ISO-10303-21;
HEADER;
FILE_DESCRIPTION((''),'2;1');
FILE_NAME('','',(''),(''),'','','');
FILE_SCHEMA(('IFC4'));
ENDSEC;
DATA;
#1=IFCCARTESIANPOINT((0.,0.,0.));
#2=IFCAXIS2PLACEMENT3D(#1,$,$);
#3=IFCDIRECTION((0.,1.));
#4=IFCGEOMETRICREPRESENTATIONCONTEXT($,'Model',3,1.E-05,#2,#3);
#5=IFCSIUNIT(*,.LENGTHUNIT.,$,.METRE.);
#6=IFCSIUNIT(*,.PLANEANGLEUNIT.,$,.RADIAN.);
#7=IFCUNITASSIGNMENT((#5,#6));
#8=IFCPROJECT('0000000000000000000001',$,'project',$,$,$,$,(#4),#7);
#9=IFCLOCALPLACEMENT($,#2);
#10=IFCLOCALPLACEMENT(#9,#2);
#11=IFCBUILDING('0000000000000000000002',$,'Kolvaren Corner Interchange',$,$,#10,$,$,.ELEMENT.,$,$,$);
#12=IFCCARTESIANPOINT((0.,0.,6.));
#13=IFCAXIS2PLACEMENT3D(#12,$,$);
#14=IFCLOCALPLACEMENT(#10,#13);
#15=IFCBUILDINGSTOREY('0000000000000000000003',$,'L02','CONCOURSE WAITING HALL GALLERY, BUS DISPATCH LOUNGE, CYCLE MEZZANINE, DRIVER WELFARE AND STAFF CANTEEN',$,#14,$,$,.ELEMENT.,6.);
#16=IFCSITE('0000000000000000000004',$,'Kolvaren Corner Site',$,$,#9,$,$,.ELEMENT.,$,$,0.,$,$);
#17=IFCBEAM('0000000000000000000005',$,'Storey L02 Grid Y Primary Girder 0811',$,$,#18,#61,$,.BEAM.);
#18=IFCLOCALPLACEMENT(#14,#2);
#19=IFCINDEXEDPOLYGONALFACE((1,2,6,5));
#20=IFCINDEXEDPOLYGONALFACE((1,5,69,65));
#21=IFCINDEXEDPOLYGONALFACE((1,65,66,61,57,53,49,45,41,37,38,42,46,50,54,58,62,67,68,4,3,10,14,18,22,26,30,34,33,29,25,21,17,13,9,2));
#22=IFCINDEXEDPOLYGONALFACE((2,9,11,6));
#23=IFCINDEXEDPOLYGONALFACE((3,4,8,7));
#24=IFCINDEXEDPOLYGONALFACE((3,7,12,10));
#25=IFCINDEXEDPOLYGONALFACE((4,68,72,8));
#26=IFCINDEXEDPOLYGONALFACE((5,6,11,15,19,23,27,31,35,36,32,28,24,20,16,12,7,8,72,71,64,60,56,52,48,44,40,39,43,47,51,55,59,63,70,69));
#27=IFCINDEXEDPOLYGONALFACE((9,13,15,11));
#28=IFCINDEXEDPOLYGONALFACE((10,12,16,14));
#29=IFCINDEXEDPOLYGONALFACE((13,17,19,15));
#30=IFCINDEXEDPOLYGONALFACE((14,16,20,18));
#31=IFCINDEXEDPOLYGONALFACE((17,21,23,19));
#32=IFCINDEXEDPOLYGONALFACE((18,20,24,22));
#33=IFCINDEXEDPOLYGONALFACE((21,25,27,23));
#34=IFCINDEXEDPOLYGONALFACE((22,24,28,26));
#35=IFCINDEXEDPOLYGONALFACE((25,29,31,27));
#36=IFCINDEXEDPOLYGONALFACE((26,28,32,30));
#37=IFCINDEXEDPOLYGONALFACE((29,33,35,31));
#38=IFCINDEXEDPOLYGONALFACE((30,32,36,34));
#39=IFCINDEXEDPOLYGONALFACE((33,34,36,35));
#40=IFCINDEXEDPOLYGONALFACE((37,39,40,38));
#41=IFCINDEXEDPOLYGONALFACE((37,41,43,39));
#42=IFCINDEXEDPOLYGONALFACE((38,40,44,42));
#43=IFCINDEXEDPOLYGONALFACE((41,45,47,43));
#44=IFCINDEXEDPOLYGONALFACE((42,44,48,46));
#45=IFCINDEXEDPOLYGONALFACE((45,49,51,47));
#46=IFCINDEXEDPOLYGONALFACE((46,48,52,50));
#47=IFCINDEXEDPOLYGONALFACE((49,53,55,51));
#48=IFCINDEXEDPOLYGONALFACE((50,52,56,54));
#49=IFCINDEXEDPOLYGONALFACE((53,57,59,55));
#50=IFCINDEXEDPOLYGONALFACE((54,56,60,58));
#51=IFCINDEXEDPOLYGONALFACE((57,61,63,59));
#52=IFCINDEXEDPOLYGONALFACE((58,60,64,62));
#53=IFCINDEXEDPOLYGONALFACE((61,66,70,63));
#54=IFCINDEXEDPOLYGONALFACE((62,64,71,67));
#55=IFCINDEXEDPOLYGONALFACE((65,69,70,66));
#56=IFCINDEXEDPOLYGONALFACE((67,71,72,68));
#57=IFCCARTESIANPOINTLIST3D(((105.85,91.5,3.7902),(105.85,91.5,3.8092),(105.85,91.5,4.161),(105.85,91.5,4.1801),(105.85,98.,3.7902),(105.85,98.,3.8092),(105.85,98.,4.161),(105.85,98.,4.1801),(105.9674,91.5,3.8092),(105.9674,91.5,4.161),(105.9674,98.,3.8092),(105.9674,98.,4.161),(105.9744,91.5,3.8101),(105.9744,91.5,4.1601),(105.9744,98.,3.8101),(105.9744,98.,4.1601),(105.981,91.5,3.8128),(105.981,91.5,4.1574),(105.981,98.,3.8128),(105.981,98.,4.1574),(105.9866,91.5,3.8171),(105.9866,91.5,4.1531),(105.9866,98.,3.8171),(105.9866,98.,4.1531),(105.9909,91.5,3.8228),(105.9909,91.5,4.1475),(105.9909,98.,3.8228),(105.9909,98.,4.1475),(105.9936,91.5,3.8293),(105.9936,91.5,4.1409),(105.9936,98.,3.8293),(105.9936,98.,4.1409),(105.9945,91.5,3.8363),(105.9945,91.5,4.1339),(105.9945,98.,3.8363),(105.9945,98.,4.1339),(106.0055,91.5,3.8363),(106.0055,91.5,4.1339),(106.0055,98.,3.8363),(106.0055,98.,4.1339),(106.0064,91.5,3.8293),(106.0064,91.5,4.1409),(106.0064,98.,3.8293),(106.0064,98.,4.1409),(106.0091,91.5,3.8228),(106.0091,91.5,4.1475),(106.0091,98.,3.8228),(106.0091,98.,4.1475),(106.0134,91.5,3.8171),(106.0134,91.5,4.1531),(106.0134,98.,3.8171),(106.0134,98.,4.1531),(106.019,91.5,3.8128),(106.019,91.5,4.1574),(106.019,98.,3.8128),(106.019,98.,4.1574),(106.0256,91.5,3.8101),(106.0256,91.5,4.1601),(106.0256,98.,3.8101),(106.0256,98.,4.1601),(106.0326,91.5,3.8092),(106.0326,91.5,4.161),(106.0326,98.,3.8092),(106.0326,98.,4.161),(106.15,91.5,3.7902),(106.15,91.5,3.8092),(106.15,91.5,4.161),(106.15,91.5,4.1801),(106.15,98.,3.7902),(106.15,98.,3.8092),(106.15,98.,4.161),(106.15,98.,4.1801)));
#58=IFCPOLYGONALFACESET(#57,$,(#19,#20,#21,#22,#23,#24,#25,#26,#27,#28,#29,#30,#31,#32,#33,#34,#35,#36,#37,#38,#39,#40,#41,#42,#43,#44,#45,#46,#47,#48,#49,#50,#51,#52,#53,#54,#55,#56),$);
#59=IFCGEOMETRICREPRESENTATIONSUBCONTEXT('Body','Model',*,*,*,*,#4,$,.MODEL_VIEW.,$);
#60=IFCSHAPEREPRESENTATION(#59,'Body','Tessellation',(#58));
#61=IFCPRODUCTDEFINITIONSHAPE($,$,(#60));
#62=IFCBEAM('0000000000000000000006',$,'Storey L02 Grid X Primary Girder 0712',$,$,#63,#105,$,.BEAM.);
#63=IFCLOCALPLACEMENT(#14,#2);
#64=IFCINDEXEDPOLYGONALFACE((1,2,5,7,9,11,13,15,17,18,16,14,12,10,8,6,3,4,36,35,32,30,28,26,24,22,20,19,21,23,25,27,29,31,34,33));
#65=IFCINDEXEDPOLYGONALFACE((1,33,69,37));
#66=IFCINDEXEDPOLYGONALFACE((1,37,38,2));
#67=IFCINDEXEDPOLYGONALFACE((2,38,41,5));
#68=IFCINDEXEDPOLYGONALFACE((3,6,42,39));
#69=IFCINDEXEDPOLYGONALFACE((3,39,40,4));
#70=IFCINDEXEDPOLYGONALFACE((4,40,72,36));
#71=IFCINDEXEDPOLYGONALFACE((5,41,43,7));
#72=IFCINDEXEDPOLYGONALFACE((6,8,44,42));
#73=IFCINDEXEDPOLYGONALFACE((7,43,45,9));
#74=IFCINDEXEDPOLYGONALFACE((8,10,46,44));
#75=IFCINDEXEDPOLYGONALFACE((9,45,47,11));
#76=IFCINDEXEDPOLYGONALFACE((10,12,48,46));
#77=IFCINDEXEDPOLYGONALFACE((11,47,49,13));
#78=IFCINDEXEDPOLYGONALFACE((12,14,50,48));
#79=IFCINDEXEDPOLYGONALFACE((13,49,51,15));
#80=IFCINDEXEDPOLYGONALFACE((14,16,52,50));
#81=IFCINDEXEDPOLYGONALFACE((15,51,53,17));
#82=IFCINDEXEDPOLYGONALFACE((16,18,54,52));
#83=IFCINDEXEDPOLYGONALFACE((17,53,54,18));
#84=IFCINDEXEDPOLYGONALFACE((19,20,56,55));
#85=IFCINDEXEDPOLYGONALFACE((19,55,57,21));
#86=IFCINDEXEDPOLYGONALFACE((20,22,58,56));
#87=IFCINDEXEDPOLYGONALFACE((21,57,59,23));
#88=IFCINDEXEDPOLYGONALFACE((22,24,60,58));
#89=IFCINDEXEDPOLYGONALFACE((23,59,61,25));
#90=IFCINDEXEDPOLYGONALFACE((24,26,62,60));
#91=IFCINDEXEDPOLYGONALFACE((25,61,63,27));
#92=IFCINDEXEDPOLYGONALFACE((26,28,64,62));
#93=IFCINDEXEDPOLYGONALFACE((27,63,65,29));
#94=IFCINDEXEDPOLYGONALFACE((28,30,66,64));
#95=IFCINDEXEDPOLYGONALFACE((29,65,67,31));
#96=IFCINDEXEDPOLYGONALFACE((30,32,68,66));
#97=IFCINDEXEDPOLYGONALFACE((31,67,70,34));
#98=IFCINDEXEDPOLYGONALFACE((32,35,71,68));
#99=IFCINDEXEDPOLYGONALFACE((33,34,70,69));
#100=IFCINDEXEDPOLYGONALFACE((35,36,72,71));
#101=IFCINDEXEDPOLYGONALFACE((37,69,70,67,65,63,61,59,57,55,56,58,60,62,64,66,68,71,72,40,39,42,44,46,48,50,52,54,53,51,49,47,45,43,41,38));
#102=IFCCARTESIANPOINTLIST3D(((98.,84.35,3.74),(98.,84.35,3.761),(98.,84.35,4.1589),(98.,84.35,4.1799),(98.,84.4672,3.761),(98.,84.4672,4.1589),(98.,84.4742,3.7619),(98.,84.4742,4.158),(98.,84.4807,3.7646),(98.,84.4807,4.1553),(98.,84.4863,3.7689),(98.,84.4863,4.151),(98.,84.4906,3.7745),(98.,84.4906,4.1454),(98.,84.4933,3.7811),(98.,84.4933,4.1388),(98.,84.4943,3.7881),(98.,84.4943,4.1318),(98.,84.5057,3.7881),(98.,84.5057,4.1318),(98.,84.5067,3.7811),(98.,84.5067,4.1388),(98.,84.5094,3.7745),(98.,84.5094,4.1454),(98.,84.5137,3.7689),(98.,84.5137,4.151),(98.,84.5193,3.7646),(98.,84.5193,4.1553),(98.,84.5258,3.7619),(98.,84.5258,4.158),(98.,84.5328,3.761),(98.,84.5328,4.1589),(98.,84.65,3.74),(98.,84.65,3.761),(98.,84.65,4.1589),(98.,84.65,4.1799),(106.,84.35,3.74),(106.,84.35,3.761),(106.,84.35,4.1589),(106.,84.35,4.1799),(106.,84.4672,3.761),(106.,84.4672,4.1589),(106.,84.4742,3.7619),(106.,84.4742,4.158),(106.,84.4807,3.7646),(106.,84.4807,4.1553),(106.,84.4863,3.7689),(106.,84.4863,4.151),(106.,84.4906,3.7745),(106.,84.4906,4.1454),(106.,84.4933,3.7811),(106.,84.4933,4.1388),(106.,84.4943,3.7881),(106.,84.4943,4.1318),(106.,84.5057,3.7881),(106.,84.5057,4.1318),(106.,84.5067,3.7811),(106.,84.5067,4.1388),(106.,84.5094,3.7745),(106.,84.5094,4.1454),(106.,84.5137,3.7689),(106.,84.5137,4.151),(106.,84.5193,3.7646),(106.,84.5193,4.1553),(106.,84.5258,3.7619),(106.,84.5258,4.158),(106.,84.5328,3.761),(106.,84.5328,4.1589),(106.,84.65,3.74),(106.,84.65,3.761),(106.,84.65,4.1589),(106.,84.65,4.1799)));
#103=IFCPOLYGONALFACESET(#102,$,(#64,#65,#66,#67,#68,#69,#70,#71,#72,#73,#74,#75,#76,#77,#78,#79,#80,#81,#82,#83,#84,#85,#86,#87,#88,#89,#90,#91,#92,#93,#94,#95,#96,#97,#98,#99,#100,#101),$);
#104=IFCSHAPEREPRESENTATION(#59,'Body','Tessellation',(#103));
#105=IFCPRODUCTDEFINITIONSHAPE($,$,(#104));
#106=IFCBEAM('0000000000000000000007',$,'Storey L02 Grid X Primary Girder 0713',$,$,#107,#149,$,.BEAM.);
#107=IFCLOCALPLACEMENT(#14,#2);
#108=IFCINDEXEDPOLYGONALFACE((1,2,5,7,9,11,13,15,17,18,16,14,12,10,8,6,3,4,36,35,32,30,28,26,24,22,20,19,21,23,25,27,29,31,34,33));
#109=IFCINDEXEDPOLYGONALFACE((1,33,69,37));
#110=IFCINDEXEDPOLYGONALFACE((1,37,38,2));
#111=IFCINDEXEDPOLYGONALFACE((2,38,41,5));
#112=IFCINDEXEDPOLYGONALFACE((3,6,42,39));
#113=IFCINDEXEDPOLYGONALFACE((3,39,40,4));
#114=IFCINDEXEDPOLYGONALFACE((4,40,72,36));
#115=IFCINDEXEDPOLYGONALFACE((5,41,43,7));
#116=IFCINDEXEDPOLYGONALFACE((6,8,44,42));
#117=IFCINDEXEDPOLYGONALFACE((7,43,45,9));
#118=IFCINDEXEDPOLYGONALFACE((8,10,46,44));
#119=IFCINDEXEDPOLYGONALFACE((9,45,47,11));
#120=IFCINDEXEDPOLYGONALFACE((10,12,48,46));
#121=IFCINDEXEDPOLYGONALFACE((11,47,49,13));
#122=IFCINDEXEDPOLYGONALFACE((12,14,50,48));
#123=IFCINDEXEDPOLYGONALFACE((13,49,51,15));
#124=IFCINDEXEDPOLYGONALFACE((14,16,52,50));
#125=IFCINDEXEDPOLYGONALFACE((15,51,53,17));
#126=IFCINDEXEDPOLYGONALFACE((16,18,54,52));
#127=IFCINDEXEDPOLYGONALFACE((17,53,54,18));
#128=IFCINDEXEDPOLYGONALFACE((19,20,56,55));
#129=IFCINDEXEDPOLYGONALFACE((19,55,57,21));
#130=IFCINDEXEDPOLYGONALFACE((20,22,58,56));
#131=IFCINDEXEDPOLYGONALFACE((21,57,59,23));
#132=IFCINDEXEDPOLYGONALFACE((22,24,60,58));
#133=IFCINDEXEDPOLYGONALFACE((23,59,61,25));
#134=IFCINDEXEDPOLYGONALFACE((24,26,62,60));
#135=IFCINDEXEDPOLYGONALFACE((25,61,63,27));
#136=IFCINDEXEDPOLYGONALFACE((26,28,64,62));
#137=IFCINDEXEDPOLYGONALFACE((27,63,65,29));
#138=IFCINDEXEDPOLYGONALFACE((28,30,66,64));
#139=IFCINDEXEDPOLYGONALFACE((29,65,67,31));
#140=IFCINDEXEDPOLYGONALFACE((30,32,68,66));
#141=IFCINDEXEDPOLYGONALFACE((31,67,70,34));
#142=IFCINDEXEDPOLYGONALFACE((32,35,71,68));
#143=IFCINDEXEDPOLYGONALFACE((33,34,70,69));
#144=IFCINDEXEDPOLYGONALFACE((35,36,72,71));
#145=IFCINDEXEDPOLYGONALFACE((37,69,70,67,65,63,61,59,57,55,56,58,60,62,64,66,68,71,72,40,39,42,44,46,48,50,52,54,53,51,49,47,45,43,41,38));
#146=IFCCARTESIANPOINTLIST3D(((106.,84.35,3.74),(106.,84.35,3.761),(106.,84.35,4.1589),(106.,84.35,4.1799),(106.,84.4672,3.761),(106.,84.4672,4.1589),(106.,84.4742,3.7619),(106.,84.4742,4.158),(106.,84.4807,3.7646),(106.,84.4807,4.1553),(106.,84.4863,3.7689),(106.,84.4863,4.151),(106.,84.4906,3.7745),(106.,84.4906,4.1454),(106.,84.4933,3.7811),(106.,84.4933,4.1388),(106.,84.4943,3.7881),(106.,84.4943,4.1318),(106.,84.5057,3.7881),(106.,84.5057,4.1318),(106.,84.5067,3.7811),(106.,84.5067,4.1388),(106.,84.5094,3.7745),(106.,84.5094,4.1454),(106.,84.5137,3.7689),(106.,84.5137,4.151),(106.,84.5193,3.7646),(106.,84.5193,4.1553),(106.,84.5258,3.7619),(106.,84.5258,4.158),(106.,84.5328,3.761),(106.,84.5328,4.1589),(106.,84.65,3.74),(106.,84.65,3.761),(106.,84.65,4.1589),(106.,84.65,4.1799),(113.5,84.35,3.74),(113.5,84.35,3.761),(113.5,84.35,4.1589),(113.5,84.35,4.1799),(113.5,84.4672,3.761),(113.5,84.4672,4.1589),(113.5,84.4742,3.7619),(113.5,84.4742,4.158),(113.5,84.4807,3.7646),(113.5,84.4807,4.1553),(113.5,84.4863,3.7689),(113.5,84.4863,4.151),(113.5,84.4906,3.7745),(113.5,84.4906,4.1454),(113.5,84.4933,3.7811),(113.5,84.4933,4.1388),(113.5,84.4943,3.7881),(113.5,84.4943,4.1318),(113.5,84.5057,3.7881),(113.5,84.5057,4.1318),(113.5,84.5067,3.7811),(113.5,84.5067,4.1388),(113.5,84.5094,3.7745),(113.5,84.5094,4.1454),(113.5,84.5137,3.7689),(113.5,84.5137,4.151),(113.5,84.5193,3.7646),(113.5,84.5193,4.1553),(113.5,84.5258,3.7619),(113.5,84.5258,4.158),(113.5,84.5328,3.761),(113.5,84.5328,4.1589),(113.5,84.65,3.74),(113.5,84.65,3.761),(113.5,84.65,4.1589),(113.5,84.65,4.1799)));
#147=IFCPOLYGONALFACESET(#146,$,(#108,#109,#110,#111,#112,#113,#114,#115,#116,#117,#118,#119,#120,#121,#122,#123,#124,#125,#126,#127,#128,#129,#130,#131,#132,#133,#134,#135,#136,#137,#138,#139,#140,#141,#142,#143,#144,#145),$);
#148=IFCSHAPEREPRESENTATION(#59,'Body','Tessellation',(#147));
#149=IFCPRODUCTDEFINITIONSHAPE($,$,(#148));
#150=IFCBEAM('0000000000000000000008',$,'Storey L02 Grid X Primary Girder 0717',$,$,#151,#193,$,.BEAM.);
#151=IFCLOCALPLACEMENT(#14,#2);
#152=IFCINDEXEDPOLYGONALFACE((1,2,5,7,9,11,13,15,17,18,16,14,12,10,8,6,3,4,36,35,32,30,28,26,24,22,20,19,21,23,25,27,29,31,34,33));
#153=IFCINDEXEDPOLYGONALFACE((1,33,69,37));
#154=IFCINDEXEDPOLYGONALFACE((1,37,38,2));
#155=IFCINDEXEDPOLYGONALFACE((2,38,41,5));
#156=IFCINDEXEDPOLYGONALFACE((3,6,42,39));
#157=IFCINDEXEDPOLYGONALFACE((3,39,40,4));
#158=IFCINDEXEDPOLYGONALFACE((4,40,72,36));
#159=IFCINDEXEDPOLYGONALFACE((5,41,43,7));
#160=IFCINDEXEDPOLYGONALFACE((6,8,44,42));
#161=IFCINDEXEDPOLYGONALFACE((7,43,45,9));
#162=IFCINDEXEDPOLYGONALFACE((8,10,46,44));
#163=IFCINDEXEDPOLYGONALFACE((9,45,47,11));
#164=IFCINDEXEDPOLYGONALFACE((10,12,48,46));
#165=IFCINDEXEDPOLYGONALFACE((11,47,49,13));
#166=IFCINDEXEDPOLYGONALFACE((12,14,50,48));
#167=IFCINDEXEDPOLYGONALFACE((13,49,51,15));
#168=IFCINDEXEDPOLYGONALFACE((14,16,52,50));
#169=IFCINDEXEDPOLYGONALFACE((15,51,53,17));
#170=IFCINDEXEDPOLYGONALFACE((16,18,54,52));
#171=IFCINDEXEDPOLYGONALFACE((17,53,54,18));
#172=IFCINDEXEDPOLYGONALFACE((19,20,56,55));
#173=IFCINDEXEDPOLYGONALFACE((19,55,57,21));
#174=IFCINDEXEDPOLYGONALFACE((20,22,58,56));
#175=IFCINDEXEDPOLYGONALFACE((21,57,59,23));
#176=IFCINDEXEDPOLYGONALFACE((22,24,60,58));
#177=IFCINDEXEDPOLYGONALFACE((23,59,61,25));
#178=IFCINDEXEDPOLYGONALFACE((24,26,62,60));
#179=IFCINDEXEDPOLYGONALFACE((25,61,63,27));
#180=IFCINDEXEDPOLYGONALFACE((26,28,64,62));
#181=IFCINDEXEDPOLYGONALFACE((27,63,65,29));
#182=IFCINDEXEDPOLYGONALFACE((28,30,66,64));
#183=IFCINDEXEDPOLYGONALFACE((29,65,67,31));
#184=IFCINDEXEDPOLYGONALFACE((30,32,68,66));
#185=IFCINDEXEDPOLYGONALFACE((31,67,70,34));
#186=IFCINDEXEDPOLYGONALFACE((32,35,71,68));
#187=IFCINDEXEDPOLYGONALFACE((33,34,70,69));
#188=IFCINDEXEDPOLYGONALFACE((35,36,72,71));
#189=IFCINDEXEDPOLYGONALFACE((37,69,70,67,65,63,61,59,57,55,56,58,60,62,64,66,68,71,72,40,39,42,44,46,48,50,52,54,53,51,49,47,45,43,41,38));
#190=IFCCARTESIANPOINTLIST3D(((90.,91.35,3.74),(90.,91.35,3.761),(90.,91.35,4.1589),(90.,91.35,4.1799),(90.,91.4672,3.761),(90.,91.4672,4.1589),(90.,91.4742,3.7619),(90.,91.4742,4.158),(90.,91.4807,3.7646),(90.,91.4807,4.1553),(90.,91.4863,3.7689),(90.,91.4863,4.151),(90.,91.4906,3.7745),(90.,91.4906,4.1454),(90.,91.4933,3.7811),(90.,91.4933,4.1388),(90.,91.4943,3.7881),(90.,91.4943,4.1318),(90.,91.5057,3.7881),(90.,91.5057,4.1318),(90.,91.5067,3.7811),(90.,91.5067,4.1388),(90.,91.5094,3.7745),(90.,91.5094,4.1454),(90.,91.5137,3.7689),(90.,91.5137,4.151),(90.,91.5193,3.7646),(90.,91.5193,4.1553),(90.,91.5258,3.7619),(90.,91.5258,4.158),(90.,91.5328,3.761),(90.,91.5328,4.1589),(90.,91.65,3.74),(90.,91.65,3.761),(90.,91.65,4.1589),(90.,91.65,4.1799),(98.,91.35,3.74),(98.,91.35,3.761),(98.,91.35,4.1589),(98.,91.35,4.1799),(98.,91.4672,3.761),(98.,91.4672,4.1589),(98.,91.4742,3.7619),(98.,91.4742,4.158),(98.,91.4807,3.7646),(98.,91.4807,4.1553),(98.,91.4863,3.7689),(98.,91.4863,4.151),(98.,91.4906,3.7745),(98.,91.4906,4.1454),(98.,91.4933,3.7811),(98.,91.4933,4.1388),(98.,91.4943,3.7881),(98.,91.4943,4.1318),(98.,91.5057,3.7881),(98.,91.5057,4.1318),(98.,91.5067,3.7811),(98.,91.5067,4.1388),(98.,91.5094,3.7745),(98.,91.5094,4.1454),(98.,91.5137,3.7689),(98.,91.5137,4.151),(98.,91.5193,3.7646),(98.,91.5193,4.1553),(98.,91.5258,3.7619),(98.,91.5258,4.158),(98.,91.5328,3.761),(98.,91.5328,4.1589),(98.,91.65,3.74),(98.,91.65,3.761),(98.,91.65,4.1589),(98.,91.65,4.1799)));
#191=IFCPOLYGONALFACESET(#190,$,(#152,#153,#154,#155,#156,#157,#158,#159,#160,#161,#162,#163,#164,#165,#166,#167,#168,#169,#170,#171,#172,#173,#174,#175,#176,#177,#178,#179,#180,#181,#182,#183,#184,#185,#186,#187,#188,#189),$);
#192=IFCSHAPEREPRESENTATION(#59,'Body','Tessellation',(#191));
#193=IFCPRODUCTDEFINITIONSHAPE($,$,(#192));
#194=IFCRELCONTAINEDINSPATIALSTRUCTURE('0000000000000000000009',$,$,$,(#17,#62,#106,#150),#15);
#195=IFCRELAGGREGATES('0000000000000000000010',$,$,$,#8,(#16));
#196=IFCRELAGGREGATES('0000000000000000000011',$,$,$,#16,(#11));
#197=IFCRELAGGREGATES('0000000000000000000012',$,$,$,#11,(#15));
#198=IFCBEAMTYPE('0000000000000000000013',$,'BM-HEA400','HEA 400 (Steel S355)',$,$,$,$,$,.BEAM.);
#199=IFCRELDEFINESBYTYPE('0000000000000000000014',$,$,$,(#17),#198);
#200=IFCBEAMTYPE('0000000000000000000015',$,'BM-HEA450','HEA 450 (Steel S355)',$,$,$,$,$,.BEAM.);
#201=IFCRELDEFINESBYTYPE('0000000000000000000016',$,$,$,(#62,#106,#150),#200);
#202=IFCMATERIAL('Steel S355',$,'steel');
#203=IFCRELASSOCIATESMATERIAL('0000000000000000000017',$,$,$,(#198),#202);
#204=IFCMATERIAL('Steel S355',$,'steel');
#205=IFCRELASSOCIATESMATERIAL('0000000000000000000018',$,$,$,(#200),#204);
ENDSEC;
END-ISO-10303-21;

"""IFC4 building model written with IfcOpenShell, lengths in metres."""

from ifc_helpers import new_model, si_unit, direction, frame, origin, origin_2d, place, context, subcontext, project, spatial, i_section, extrude, material, material_profile, profile_set, type_object, element, save


model = new_model("IFC4")

# Units and contexts
model_context = context("Model", 3, precision=1e-05, world=origin(), true_north=direction((0.0, 1.0)))
body_context = subcontext(model_context, "Body", "Model", "MODEL_VIEW")
ifc_project = project(units=[si_unit("LENGTHUNIT", "METRE"), si_unit("PLANEANGLEUNIT", "RADIAN")], contexts=[model_context])

# Site, building, storey
site_placement = place(None, origin())
site = spatial("IfcSite", under=ifc_project, at=site_placement, Name="Kolvaren Corner Site", CompositionType="ELEMENT", RefElevation=0.0)
building_placement = place(site_placement, origin())
building = spatial("IfcBuilding", under=site, at=building_placement, Name="Kolvaren Corner Interchange", CompositionType="ELEMENT")
storey_placement = place(building_placement, frame((0.0, 0.0, 6.0)))
storey = spatial("IfcBuildingStorey", under=building, at=storey_placement, Name="L02", Description="CONCOURSE WAITING HALL GALLERY, BUS DISPATCH LOUNGE, CYCLE MEZZANINE, DRIVER WELFARE AND STAFF CANTEEN", CompositionType="ELEMENT", Elevation=6.0)

# Beams
ifc_material_1 = material(Name="Steel S355", Category="steel")
ifc_material_profile_1 = material_profile(ifc_material_1, i_section(OverallWidth=0.3, OverallDepth=0.3899, WebThickness=0.011, FlangeThickness=0.019, FilletRadius=0.0271, at=origin_2d()), Name="HEA 400")
ifc_profile_set_1 = profile_set([ifc_material_profile_1], Name="Steel S355")
beam_type_1 = type_object("IfcBeamType", Name="BM-HEA400", Description="HEA 400 (Steel S355)", PredefinedType="BEAM", material=ifc_profile_set_1)
beam_1_placement = place(storey_placement, frame((106.0, 91.5, 3.9851), z_axis=(0.0, 1.0, 0.0), x_axis=(-1.0, 0.0, 0.0)))
element("IfcBeam", 1, at=beam_1_placement, inside=storey, type_object=beam_type_1, Name="Storey L02 Grid Y Primary Girder 0811", PredefinedType="BEAM", context=body_context, shape_type="SweptSolid", body=[
    extrude(i_section(OverallWidth=0.3, OverallDepth=0.3899, WebThickness=0.011, FlangeThickness=0.019, FilletRadius=0.0271, at=origin_2d()), origin(), (0.0, 0.0, 1.0), 6.5),
])
ifc_material_2 = material(Name="Steel S355", Category="steel")
ifc_material_profile_2 = material_profile(ifc_material_2, i_section(OverallWidth=0.3, OverallDepth=0.4399, WebThickness=0.0115, FlangeThickness=0.021, FilletRadius=0.0271, at=origin_2d()), Name="HEA 450")
ifc_profile_set_2 = profile_set([ifc_material_profile_2], Name="Steel S355")
beam_type_2 = type_object("IfcBeamType", Name="BM-HEA450", Description="HEA 450 (Steel S355)", PredefinedType="BEAM", material=ifc_profile_set_2)
beam_2_placement = place(storey_placement, frame((98.0, 84.5, 3.96), z_axis=(1.0, 0.0, 0.0), x_axis=(0.0, 1.0, 0.0)))
element("IfcBeam", 2, at=beam_2_placement, inside=storey, type_object=beam_type_2, Name="Storey L02 Grid X Primary Girder 0712", PredefinedType="BEAM", context=body_context, shape_type="SweptSolid", body=[
    extrude(i_section(OverallWidth=0.3, OverallDepth=0.4399, WebThickness=0.0115, FlangeThickness=0.021, FilletRadius=0.0271, at=origin_2d()), origin(), (0.0, 0.0, 1.0), 8.0),
])
beam_3_placement = place(storey_placement, frame((106.0, 84.5, 3.96), z_axis=(1.0, 0.0, 0.0), x_axis=(0.0, 1.0, 0.0)))
element("IfcBeam", 3, at=beam_3_placement, inside=storey, type_object=beam_type_2, Name="Storey L02 Grid X Primary Girder 0713", PredefinedType="BEAM", context=body_context, shape_type="SweptSolid", body=[
    extrude(i_section(OverallWidth=0.3, OverallDepth=0.4399, WebThickness=0.0115, FlangeThickness=0.021, FilletRadius=0.0271, at=origin_2d()), origin(), (0.0, 0.0, 1.0), 7.5),
])
for number, where, z_axis, x_axis, name in (
    (4, (90.0, 91.5, 3.96), (1.0, 0.0, 0.0), (0.0, 1.0, 0.0), "Storey L02 Grid X Primary Girder 0717"),
):
    element("IfcBeam", number, at=place(storey_placement, frame(where, z_axis=z_axis, x_axis=x_axis)), inside=storey, type_object=beam_type_2, Name=name, PredefinedType="BEAM", context=body_context, shape_type="SweptSolid", body=[
        extrude(i_section(OverallWidth=0.3, OverallDepth=0.4399, WebThickness=0.0115, FlangeThickness=0.021, FilletRadius=0.0271, at=origin_2d()), origin(), (0.0, 0.0, 1.0), 8.0),
    ])

save(model, "model.ifc")
